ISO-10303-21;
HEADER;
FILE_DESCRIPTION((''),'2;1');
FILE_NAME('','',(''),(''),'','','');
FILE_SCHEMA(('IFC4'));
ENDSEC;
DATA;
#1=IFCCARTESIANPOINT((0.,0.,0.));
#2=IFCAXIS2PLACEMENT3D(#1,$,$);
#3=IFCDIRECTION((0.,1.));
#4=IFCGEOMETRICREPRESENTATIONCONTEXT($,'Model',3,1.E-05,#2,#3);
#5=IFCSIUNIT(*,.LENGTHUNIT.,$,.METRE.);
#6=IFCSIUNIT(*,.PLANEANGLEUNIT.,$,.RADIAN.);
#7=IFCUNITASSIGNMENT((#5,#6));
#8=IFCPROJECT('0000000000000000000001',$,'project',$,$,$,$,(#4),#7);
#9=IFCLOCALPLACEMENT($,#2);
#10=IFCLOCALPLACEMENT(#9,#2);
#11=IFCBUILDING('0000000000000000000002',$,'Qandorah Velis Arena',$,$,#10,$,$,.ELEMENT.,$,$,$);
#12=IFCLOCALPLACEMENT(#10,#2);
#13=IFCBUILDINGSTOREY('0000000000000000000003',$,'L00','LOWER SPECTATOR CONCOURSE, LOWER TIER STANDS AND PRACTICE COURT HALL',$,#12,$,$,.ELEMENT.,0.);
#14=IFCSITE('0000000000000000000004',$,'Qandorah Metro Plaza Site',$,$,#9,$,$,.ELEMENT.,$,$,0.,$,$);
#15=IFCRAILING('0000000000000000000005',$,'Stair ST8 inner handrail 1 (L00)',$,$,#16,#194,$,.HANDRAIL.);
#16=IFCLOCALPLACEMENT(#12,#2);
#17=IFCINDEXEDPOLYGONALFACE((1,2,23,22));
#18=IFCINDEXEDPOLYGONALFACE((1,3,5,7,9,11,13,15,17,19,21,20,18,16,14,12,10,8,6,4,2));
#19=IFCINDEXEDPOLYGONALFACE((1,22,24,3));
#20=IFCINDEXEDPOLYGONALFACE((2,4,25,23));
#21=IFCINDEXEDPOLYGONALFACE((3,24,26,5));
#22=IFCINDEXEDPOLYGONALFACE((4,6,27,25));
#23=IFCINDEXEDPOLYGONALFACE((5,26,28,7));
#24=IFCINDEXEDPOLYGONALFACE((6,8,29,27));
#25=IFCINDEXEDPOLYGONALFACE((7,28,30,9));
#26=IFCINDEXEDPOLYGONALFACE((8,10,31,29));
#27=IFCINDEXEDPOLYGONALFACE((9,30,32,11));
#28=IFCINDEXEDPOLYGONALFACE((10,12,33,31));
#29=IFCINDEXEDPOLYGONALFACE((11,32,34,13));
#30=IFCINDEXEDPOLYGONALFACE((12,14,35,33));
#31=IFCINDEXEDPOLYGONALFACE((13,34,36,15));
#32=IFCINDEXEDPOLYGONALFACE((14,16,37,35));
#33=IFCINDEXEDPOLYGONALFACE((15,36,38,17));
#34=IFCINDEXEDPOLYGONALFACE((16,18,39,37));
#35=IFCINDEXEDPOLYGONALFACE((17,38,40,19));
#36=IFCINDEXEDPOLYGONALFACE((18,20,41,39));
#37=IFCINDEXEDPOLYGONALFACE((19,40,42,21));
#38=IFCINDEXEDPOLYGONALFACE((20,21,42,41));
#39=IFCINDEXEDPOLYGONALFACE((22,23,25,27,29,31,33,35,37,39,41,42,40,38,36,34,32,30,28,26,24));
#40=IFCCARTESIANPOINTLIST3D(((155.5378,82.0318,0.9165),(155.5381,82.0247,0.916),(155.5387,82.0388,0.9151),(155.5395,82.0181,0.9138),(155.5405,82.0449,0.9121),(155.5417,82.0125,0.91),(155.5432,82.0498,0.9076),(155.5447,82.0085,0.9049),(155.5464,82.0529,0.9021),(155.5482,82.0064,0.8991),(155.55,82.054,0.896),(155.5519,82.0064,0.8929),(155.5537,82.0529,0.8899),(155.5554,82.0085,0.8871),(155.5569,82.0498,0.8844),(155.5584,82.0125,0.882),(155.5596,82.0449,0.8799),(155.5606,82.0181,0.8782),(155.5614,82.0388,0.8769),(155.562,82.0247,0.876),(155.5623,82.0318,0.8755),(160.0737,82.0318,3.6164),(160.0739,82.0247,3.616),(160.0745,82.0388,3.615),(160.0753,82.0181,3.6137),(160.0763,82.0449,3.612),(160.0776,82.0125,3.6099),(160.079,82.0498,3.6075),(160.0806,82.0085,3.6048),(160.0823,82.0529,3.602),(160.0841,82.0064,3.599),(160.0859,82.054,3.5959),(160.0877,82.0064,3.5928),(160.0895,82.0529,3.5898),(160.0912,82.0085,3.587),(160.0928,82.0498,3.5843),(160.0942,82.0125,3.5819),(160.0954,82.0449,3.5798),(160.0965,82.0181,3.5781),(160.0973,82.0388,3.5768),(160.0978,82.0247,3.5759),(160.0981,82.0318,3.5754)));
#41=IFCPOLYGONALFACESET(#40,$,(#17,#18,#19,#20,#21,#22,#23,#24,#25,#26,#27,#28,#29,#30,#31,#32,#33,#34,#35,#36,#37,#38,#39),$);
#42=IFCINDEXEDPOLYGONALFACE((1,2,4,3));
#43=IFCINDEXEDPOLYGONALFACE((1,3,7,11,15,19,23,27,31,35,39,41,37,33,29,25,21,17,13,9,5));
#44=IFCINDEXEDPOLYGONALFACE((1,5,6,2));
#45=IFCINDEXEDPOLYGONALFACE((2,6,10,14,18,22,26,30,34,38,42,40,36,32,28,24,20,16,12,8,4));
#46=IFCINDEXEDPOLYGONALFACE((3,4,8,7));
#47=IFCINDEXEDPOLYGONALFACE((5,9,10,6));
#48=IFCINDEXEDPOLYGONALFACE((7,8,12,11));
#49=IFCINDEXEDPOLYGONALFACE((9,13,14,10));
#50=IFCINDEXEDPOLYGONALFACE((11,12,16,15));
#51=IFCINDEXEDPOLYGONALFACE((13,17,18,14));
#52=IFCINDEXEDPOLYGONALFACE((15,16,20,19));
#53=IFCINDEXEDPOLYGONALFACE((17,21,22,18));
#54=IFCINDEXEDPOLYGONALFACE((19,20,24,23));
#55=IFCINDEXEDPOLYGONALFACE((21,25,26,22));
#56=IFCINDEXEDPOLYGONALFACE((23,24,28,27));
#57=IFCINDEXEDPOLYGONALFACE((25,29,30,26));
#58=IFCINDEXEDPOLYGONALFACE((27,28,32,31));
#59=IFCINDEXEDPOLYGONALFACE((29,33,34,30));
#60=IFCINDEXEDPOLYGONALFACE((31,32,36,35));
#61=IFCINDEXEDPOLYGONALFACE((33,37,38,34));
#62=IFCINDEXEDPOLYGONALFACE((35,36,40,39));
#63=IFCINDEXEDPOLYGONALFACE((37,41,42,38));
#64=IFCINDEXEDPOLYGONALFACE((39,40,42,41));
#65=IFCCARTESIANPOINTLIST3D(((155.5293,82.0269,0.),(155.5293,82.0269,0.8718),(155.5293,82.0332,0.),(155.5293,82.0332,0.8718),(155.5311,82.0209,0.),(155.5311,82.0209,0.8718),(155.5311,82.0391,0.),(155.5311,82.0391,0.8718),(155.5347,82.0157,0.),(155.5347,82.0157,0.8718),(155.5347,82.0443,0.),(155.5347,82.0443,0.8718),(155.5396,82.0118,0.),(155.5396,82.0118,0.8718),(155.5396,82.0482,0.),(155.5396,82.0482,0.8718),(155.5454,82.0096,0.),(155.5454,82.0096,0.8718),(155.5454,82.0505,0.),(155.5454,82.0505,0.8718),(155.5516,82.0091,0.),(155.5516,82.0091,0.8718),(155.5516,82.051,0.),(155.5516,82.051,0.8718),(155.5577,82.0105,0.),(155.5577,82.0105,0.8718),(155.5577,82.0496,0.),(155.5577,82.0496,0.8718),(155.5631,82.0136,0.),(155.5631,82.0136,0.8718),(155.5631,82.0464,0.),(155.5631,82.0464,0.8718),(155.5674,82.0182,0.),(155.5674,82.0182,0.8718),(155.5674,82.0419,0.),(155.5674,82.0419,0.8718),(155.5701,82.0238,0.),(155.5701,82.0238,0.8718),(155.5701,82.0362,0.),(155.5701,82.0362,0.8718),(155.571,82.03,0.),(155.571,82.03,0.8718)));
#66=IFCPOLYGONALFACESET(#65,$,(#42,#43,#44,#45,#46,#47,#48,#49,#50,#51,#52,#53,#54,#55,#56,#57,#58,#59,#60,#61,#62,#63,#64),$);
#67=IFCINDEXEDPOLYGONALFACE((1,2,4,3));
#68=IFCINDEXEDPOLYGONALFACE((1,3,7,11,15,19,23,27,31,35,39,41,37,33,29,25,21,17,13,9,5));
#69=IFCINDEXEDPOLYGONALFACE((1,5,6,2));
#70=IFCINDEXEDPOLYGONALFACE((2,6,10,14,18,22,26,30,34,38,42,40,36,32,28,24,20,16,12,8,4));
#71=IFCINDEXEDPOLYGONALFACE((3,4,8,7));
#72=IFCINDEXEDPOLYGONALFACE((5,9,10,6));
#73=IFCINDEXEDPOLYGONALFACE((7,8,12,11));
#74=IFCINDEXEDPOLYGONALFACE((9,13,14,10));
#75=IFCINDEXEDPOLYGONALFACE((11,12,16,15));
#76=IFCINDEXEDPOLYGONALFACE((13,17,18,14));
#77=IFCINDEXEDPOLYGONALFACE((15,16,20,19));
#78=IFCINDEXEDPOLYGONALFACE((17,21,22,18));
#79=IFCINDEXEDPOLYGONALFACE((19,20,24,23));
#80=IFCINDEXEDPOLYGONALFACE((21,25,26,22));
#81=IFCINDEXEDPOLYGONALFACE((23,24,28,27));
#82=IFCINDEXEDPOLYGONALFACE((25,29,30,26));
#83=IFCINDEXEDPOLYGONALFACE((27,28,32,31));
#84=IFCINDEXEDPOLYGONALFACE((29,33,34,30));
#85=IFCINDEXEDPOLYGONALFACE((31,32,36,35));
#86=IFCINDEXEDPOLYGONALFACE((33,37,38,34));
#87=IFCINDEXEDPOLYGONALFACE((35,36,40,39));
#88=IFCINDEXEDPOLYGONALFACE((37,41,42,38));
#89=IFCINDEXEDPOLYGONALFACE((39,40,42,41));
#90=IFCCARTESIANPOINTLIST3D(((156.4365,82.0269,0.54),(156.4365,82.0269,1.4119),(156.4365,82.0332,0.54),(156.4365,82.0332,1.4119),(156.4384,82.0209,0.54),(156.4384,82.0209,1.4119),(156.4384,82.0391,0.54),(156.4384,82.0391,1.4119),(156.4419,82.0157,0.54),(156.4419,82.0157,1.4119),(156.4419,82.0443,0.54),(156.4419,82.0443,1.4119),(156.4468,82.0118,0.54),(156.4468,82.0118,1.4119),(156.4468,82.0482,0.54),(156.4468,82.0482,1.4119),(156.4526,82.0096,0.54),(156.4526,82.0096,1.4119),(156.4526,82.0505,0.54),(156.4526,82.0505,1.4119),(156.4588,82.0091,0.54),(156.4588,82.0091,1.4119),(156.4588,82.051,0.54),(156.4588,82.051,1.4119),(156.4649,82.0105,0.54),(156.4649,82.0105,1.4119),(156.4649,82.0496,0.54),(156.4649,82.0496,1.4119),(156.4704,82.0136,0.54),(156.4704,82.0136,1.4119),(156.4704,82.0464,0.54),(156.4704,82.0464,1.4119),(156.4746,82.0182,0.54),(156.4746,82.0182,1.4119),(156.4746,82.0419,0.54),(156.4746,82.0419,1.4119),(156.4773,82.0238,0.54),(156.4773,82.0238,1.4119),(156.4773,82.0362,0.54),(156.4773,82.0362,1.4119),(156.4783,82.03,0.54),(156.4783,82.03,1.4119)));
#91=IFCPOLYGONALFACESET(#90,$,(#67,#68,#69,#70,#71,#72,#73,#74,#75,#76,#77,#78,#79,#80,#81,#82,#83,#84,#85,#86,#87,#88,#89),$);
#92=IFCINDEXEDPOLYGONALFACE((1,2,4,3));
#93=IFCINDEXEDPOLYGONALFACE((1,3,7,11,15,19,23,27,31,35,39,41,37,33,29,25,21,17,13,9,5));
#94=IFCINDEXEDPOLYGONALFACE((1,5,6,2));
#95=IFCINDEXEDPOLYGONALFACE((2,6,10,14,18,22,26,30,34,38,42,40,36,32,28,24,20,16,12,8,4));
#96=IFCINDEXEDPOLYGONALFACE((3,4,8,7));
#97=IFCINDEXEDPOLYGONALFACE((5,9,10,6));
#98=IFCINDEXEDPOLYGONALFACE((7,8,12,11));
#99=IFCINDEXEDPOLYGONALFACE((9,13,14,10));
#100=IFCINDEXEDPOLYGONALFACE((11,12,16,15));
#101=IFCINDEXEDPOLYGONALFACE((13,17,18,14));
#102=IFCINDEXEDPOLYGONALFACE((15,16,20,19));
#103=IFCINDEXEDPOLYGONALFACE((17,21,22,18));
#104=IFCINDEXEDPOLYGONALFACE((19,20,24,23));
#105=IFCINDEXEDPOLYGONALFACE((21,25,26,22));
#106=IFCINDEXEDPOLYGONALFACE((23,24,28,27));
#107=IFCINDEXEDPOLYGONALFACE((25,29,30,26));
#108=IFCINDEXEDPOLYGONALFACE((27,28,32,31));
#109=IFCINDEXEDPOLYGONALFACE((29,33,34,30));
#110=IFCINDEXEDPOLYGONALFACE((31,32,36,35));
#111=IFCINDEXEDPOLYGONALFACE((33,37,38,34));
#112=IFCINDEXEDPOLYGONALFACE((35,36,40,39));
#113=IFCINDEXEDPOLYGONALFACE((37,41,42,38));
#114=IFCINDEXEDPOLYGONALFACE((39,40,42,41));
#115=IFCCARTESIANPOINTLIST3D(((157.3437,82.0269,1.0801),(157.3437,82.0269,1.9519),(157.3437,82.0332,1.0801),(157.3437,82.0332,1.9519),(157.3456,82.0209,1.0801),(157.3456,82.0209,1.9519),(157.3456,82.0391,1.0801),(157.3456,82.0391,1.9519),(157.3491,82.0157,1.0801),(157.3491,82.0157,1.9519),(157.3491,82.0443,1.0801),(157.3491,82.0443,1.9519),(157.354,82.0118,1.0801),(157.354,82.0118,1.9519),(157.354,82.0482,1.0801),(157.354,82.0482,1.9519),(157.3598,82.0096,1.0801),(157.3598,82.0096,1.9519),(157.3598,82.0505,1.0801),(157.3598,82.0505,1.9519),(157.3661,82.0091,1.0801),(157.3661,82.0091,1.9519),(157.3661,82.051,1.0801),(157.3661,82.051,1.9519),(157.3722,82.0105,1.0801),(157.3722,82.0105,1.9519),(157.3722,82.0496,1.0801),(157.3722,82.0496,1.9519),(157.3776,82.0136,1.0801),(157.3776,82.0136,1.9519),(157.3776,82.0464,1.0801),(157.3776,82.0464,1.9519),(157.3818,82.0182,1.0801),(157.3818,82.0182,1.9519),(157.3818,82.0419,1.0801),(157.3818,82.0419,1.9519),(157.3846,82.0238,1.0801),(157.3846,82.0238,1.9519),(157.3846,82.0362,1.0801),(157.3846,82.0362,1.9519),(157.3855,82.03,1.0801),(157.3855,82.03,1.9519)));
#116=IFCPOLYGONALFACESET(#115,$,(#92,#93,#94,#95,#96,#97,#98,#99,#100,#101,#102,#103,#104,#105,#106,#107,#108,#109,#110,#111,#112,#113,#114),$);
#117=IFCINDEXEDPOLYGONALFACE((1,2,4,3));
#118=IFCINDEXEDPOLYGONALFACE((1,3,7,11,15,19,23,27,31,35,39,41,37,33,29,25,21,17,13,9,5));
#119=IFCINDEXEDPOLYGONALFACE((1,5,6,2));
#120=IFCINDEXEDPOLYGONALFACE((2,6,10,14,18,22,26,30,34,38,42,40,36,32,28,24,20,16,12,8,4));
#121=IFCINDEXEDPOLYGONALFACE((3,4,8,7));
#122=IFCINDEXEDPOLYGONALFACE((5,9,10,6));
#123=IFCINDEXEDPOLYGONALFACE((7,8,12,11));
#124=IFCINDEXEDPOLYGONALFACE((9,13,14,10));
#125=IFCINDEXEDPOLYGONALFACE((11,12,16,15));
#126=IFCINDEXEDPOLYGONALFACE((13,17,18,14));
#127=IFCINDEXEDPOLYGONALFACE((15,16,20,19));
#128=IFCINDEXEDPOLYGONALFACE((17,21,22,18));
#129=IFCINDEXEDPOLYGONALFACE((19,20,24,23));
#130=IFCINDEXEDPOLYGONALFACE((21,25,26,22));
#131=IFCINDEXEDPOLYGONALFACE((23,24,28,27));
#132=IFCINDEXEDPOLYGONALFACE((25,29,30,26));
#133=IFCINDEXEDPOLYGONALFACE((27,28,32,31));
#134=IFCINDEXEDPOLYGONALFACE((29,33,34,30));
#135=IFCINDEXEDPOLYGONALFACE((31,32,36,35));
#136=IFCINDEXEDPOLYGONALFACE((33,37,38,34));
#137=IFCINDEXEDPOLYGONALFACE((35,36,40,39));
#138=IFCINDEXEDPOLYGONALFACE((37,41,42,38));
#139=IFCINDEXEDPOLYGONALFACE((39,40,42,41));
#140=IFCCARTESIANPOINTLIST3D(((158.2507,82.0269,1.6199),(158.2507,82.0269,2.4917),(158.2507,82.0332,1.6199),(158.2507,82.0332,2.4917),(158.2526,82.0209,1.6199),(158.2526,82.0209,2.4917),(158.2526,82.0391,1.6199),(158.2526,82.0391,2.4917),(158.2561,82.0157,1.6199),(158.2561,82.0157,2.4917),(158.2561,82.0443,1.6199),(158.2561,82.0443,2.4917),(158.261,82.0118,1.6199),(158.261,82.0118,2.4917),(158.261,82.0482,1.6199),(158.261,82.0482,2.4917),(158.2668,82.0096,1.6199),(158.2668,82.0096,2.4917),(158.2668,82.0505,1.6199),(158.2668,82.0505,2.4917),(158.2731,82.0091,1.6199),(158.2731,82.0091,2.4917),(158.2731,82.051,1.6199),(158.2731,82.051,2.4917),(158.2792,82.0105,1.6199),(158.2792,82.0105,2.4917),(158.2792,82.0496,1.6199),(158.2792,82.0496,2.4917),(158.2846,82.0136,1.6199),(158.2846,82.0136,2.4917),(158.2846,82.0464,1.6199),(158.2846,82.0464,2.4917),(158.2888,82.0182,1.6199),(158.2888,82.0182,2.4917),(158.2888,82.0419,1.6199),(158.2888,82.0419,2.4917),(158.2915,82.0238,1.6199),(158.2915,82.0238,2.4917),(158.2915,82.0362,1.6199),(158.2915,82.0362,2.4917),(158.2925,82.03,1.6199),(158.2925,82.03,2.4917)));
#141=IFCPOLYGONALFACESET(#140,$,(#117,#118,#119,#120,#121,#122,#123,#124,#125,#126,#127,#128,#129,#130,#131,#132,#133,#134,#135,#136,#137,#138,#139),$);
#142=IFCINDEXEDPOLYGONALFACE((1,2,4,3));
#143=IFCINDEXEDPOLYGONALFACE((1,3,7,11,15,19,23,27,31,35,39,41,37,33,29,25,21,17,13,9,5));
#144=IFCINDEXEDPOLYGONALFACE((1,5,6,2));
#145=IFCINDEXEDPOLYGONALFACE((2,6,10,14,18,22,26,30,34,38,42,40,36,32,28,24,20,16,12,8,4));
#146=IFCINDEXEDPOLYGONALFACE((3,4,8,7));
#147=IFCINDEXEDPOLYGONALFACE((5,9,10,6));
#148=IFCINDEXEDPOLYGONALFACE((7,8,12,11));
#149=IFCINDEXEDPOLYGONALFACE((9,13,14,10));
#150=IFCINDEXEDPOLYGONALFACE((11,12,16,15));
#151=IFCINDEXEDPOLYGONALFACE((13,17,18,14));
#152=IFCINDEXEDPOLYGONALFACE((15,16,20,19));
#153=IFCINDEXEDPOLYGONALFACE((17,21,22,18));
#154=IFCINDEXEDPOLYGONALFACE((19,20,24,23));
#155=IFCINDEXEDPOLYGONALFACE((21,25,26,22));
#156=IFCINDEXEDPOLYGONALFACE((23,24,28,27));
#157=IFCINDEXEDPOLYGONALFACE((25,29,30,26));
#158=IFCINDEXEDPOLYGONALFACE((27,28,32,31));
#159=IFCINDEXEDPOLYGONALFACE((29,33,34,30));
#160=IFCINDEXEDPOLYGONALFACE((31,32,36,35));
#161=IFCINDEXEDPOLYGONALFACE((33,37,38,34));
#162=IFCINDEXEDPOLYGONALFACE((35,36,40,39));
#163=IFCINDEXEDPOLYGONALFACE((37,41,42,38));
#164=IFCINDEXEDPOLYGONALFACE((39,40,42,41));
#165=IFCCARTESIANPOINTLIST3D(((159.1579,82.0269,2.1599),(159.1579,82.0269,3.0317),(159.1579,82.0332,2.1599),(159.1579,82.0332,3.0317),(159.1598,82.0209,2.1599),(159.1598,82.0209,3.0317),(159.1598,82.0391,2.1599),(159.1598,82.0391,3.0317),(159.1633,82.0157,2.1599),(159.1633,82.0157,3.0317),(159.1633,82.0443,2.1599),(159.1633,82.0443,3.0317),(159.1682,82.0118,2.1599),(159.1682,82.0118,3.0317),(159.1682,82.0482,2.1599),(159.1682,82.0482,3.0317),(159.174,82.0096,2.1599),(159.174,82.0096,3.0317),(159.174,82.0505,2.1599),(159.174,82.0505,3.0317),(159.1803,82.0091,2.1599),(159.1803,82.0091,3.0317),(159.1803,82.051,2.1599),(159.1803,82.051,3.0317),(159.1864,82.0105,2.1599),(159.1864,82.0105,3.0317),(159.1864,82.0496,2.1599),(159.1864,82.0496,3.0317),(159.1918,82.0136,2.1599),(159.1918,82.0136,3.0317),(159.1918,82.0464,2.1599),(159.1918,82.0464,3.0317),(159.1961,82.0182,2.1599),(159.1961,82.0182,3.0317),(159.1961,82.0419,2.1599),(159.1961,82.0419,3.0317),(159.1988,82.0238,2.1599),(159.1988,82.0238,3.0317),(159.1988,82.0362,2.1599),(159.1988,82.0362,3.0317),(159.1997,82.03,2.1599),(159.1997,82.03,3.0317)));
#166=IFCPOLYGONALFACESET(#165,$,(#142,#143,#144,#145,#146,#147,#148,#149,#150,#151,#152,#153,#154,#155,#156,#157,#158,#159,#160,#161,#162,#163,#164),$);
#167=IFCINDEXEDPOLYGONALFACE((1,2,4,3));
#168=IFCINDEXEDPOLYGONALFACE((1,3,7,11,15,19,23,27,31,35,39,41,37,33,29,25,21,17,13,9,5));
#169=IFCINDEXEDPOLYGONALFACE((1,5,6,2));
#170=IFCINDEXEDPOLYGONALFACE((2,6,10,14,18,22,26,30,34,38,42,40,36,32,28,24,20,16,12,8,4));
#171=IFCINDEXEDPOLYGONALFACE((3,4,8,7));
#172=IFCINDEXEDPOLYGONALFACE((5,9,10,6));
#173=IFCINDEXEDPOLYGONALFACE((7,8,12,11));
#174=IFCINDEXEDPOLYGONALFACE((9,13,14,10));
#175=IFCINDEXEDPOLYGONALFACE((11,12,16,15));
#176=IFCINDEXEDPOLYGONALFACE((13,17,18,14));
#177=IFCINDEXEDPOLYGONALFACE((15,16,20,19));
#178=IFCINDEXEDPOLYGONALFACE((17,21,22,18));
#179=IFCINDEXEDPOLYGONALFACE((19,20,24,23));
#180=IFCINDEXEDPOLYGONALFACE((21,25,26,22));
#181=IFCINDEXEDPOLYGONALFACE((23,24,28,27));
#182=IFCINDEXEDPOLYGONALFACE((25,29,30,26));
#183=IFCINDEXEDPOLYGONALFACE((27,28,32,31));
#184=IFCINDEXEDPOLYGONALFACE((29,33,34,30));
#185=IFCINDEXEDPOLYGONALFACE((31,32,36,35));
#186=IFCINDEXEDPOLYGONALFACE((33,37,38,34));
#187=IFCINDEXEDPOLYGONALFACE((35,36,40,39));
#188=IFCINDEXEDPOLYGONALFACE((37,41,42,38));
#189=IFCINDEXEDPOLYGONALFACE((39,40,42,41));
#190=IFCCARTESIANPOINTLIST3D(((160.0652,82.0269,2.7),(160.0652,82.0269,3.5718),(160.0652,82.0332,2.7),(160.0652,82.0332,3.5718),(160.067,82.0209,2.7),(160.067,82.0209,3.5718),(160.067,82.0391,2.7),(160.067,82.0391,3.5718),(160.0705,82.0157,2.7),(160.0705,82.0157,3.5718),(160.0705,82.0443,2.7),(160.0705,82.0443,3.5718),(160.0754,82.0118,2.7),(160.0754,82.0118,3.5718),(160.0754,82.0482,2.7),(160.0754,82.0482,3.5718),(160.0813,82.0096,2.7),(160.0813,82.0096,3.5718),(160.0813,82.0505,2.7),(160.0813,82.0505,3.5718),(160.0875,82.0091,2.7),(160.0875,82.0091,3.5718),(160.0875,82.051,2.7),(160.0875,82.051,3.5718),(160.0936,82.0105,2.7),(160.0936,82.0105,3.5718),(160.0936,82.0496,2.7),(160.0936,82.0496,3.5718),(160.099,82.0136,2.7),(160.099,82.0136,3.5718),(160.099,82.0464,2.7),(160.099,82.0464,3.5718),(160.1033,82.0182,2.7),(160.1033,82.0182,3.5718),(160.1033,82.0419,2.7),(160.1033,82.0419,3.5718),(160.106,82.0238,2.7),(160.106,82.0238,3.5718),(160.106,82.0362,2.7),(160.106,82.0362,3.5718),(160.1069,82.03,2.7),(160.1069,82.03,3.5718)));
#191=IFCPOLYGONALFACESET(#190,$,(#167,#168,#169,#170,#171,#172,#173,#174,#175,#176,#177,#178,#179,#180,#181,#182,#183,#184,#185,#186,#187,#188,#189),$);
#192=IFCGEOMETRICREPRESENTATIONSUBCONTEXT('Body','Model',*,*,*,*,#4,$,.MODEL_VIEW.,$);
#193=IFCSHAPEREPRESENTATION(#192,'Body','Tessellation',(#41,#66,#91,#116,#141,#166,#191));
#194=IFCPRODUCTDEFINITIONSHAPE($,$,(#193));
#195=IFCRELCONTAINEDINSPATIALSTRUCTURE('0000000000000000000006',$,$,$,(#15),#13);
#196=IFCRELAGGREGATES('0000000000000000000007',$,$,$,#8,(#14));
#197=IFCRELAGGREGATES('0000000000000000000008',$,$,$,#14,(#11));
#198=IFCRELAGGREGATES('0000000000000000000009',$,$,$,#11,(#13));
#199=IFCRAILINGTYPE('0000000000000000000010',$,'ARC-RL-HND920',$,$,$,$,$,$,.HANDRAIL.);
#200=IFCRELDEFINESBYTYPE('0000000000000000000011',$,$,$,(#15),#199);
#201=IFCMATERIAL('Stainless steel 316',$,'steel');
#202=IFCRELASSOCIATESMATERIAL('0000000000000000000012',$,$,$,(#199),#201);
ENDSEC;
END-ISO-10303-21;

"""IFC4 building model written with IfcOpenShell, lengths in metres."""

from ifc_helpers import new_model, si_unit, direction, frame, origin, origin_2d, place, context, subcontext, project, spatial, circle, extrude, material, type_object, element, save


model = new_model("IFC4")

# Units and contexts
model_context = context("Model", 3, precision=1e-05, world=origin(), true_north=direction((0.0, 1.0)))
body_context = subcontext(model_context, "Body", "Model", "MODEL_VIEW")
ifc_project = project(units=[si_unit("LENGTHUNIT", "METRE"), si_unit("PLANEANGLEUNIT", "RADIAN")], contexts=[model_context])

# Site, building, storey
site_placement = place(None, origin())
site = spatial("IfcSite", under=ifc_project, at=site_placement, Name="Qandorah Metro Plaza Site", CompositionType="ELEMENT", RefElevation=0.0)
building_placement = place(site_placement, origin())
building = spatial("IfcBuilding", under=site, at=building_placement, Name="Qandorah Velis Arena", CompositionType="ELEMENT")
storey_placement = place(building_placement, origin())
storey = spatial("IfcBuildingStorey", under=building, at=storey_placement, Name="L00", Description="LOWER SPECTATOR CONCOURSE, LOWER TIER STANDS AND PRACTICE COURT HALL", CompositionType="ELEMENT", Elevation=0.0)

# Railing
ifc_material_1 = material(Name="Stainless steel 316", Category="steel")
railing_type_1 = type_object("IfcRailingType", Name="ARC-RL-HND920", PredefinedType="HANDRAIL", material=ifc_material_1)
railing_1_placement = place(storey_placement, frame((155.55, 82.03, 0.0)))
element("IfcRailing", 1, at=railing_1_placement, inside=storey, type_object=railing_type_1, Name="Stair ST8 inner handrail 1 (L00)", PredefinedType="HANDRAIL", context=body_context, shape_type="SweptSolid", body=[
    extrude(circle(Radius=0.0239, at=origin_2d()), frame((0.0, 0.0, 0.896), z_axis=(0.859291, 0.0, 0.511486), x_axis=(0.0, 1.0, 0.0)), (0.0, 0.0, 1.0), 5.2786),
    extrude(circle(Radius=0.021, at=origin_2d()), origin(), (0.0, 0.0, 1.0), 0.8718),
    extrude(circle(Radius=0.021, at=origin_2d()), frame((0.9072, 0.0, 0.54)), (0.0, 0.0, 1.0), 0.8718),
    extrude(circle(Radius=0.021, at=origin_2d()), frame((1.8145, 0.0, 1.0801)), (0.0, 0.0, 1.0), 0.8718),
    extrude(circle(Radius=0.021, at=origin_2d()), frame((2.7214, 0.0, 1.6199)), (0.0, 0.0, 1.0), 0.8718),
    extrude(circle(Radius=0.021, at=origin_2d()), frame((3.6287, 0.0, 2.1599)), (0.0, 0.0, 1.0), 0.8718),
    extrude(circle(Radius=0.021, at=origin_2d()), frame((4.5359, 0.0, 2.7)), (0.0, 0.0, 1.0), 0.8718),
])

save(model, "model.ifc")
